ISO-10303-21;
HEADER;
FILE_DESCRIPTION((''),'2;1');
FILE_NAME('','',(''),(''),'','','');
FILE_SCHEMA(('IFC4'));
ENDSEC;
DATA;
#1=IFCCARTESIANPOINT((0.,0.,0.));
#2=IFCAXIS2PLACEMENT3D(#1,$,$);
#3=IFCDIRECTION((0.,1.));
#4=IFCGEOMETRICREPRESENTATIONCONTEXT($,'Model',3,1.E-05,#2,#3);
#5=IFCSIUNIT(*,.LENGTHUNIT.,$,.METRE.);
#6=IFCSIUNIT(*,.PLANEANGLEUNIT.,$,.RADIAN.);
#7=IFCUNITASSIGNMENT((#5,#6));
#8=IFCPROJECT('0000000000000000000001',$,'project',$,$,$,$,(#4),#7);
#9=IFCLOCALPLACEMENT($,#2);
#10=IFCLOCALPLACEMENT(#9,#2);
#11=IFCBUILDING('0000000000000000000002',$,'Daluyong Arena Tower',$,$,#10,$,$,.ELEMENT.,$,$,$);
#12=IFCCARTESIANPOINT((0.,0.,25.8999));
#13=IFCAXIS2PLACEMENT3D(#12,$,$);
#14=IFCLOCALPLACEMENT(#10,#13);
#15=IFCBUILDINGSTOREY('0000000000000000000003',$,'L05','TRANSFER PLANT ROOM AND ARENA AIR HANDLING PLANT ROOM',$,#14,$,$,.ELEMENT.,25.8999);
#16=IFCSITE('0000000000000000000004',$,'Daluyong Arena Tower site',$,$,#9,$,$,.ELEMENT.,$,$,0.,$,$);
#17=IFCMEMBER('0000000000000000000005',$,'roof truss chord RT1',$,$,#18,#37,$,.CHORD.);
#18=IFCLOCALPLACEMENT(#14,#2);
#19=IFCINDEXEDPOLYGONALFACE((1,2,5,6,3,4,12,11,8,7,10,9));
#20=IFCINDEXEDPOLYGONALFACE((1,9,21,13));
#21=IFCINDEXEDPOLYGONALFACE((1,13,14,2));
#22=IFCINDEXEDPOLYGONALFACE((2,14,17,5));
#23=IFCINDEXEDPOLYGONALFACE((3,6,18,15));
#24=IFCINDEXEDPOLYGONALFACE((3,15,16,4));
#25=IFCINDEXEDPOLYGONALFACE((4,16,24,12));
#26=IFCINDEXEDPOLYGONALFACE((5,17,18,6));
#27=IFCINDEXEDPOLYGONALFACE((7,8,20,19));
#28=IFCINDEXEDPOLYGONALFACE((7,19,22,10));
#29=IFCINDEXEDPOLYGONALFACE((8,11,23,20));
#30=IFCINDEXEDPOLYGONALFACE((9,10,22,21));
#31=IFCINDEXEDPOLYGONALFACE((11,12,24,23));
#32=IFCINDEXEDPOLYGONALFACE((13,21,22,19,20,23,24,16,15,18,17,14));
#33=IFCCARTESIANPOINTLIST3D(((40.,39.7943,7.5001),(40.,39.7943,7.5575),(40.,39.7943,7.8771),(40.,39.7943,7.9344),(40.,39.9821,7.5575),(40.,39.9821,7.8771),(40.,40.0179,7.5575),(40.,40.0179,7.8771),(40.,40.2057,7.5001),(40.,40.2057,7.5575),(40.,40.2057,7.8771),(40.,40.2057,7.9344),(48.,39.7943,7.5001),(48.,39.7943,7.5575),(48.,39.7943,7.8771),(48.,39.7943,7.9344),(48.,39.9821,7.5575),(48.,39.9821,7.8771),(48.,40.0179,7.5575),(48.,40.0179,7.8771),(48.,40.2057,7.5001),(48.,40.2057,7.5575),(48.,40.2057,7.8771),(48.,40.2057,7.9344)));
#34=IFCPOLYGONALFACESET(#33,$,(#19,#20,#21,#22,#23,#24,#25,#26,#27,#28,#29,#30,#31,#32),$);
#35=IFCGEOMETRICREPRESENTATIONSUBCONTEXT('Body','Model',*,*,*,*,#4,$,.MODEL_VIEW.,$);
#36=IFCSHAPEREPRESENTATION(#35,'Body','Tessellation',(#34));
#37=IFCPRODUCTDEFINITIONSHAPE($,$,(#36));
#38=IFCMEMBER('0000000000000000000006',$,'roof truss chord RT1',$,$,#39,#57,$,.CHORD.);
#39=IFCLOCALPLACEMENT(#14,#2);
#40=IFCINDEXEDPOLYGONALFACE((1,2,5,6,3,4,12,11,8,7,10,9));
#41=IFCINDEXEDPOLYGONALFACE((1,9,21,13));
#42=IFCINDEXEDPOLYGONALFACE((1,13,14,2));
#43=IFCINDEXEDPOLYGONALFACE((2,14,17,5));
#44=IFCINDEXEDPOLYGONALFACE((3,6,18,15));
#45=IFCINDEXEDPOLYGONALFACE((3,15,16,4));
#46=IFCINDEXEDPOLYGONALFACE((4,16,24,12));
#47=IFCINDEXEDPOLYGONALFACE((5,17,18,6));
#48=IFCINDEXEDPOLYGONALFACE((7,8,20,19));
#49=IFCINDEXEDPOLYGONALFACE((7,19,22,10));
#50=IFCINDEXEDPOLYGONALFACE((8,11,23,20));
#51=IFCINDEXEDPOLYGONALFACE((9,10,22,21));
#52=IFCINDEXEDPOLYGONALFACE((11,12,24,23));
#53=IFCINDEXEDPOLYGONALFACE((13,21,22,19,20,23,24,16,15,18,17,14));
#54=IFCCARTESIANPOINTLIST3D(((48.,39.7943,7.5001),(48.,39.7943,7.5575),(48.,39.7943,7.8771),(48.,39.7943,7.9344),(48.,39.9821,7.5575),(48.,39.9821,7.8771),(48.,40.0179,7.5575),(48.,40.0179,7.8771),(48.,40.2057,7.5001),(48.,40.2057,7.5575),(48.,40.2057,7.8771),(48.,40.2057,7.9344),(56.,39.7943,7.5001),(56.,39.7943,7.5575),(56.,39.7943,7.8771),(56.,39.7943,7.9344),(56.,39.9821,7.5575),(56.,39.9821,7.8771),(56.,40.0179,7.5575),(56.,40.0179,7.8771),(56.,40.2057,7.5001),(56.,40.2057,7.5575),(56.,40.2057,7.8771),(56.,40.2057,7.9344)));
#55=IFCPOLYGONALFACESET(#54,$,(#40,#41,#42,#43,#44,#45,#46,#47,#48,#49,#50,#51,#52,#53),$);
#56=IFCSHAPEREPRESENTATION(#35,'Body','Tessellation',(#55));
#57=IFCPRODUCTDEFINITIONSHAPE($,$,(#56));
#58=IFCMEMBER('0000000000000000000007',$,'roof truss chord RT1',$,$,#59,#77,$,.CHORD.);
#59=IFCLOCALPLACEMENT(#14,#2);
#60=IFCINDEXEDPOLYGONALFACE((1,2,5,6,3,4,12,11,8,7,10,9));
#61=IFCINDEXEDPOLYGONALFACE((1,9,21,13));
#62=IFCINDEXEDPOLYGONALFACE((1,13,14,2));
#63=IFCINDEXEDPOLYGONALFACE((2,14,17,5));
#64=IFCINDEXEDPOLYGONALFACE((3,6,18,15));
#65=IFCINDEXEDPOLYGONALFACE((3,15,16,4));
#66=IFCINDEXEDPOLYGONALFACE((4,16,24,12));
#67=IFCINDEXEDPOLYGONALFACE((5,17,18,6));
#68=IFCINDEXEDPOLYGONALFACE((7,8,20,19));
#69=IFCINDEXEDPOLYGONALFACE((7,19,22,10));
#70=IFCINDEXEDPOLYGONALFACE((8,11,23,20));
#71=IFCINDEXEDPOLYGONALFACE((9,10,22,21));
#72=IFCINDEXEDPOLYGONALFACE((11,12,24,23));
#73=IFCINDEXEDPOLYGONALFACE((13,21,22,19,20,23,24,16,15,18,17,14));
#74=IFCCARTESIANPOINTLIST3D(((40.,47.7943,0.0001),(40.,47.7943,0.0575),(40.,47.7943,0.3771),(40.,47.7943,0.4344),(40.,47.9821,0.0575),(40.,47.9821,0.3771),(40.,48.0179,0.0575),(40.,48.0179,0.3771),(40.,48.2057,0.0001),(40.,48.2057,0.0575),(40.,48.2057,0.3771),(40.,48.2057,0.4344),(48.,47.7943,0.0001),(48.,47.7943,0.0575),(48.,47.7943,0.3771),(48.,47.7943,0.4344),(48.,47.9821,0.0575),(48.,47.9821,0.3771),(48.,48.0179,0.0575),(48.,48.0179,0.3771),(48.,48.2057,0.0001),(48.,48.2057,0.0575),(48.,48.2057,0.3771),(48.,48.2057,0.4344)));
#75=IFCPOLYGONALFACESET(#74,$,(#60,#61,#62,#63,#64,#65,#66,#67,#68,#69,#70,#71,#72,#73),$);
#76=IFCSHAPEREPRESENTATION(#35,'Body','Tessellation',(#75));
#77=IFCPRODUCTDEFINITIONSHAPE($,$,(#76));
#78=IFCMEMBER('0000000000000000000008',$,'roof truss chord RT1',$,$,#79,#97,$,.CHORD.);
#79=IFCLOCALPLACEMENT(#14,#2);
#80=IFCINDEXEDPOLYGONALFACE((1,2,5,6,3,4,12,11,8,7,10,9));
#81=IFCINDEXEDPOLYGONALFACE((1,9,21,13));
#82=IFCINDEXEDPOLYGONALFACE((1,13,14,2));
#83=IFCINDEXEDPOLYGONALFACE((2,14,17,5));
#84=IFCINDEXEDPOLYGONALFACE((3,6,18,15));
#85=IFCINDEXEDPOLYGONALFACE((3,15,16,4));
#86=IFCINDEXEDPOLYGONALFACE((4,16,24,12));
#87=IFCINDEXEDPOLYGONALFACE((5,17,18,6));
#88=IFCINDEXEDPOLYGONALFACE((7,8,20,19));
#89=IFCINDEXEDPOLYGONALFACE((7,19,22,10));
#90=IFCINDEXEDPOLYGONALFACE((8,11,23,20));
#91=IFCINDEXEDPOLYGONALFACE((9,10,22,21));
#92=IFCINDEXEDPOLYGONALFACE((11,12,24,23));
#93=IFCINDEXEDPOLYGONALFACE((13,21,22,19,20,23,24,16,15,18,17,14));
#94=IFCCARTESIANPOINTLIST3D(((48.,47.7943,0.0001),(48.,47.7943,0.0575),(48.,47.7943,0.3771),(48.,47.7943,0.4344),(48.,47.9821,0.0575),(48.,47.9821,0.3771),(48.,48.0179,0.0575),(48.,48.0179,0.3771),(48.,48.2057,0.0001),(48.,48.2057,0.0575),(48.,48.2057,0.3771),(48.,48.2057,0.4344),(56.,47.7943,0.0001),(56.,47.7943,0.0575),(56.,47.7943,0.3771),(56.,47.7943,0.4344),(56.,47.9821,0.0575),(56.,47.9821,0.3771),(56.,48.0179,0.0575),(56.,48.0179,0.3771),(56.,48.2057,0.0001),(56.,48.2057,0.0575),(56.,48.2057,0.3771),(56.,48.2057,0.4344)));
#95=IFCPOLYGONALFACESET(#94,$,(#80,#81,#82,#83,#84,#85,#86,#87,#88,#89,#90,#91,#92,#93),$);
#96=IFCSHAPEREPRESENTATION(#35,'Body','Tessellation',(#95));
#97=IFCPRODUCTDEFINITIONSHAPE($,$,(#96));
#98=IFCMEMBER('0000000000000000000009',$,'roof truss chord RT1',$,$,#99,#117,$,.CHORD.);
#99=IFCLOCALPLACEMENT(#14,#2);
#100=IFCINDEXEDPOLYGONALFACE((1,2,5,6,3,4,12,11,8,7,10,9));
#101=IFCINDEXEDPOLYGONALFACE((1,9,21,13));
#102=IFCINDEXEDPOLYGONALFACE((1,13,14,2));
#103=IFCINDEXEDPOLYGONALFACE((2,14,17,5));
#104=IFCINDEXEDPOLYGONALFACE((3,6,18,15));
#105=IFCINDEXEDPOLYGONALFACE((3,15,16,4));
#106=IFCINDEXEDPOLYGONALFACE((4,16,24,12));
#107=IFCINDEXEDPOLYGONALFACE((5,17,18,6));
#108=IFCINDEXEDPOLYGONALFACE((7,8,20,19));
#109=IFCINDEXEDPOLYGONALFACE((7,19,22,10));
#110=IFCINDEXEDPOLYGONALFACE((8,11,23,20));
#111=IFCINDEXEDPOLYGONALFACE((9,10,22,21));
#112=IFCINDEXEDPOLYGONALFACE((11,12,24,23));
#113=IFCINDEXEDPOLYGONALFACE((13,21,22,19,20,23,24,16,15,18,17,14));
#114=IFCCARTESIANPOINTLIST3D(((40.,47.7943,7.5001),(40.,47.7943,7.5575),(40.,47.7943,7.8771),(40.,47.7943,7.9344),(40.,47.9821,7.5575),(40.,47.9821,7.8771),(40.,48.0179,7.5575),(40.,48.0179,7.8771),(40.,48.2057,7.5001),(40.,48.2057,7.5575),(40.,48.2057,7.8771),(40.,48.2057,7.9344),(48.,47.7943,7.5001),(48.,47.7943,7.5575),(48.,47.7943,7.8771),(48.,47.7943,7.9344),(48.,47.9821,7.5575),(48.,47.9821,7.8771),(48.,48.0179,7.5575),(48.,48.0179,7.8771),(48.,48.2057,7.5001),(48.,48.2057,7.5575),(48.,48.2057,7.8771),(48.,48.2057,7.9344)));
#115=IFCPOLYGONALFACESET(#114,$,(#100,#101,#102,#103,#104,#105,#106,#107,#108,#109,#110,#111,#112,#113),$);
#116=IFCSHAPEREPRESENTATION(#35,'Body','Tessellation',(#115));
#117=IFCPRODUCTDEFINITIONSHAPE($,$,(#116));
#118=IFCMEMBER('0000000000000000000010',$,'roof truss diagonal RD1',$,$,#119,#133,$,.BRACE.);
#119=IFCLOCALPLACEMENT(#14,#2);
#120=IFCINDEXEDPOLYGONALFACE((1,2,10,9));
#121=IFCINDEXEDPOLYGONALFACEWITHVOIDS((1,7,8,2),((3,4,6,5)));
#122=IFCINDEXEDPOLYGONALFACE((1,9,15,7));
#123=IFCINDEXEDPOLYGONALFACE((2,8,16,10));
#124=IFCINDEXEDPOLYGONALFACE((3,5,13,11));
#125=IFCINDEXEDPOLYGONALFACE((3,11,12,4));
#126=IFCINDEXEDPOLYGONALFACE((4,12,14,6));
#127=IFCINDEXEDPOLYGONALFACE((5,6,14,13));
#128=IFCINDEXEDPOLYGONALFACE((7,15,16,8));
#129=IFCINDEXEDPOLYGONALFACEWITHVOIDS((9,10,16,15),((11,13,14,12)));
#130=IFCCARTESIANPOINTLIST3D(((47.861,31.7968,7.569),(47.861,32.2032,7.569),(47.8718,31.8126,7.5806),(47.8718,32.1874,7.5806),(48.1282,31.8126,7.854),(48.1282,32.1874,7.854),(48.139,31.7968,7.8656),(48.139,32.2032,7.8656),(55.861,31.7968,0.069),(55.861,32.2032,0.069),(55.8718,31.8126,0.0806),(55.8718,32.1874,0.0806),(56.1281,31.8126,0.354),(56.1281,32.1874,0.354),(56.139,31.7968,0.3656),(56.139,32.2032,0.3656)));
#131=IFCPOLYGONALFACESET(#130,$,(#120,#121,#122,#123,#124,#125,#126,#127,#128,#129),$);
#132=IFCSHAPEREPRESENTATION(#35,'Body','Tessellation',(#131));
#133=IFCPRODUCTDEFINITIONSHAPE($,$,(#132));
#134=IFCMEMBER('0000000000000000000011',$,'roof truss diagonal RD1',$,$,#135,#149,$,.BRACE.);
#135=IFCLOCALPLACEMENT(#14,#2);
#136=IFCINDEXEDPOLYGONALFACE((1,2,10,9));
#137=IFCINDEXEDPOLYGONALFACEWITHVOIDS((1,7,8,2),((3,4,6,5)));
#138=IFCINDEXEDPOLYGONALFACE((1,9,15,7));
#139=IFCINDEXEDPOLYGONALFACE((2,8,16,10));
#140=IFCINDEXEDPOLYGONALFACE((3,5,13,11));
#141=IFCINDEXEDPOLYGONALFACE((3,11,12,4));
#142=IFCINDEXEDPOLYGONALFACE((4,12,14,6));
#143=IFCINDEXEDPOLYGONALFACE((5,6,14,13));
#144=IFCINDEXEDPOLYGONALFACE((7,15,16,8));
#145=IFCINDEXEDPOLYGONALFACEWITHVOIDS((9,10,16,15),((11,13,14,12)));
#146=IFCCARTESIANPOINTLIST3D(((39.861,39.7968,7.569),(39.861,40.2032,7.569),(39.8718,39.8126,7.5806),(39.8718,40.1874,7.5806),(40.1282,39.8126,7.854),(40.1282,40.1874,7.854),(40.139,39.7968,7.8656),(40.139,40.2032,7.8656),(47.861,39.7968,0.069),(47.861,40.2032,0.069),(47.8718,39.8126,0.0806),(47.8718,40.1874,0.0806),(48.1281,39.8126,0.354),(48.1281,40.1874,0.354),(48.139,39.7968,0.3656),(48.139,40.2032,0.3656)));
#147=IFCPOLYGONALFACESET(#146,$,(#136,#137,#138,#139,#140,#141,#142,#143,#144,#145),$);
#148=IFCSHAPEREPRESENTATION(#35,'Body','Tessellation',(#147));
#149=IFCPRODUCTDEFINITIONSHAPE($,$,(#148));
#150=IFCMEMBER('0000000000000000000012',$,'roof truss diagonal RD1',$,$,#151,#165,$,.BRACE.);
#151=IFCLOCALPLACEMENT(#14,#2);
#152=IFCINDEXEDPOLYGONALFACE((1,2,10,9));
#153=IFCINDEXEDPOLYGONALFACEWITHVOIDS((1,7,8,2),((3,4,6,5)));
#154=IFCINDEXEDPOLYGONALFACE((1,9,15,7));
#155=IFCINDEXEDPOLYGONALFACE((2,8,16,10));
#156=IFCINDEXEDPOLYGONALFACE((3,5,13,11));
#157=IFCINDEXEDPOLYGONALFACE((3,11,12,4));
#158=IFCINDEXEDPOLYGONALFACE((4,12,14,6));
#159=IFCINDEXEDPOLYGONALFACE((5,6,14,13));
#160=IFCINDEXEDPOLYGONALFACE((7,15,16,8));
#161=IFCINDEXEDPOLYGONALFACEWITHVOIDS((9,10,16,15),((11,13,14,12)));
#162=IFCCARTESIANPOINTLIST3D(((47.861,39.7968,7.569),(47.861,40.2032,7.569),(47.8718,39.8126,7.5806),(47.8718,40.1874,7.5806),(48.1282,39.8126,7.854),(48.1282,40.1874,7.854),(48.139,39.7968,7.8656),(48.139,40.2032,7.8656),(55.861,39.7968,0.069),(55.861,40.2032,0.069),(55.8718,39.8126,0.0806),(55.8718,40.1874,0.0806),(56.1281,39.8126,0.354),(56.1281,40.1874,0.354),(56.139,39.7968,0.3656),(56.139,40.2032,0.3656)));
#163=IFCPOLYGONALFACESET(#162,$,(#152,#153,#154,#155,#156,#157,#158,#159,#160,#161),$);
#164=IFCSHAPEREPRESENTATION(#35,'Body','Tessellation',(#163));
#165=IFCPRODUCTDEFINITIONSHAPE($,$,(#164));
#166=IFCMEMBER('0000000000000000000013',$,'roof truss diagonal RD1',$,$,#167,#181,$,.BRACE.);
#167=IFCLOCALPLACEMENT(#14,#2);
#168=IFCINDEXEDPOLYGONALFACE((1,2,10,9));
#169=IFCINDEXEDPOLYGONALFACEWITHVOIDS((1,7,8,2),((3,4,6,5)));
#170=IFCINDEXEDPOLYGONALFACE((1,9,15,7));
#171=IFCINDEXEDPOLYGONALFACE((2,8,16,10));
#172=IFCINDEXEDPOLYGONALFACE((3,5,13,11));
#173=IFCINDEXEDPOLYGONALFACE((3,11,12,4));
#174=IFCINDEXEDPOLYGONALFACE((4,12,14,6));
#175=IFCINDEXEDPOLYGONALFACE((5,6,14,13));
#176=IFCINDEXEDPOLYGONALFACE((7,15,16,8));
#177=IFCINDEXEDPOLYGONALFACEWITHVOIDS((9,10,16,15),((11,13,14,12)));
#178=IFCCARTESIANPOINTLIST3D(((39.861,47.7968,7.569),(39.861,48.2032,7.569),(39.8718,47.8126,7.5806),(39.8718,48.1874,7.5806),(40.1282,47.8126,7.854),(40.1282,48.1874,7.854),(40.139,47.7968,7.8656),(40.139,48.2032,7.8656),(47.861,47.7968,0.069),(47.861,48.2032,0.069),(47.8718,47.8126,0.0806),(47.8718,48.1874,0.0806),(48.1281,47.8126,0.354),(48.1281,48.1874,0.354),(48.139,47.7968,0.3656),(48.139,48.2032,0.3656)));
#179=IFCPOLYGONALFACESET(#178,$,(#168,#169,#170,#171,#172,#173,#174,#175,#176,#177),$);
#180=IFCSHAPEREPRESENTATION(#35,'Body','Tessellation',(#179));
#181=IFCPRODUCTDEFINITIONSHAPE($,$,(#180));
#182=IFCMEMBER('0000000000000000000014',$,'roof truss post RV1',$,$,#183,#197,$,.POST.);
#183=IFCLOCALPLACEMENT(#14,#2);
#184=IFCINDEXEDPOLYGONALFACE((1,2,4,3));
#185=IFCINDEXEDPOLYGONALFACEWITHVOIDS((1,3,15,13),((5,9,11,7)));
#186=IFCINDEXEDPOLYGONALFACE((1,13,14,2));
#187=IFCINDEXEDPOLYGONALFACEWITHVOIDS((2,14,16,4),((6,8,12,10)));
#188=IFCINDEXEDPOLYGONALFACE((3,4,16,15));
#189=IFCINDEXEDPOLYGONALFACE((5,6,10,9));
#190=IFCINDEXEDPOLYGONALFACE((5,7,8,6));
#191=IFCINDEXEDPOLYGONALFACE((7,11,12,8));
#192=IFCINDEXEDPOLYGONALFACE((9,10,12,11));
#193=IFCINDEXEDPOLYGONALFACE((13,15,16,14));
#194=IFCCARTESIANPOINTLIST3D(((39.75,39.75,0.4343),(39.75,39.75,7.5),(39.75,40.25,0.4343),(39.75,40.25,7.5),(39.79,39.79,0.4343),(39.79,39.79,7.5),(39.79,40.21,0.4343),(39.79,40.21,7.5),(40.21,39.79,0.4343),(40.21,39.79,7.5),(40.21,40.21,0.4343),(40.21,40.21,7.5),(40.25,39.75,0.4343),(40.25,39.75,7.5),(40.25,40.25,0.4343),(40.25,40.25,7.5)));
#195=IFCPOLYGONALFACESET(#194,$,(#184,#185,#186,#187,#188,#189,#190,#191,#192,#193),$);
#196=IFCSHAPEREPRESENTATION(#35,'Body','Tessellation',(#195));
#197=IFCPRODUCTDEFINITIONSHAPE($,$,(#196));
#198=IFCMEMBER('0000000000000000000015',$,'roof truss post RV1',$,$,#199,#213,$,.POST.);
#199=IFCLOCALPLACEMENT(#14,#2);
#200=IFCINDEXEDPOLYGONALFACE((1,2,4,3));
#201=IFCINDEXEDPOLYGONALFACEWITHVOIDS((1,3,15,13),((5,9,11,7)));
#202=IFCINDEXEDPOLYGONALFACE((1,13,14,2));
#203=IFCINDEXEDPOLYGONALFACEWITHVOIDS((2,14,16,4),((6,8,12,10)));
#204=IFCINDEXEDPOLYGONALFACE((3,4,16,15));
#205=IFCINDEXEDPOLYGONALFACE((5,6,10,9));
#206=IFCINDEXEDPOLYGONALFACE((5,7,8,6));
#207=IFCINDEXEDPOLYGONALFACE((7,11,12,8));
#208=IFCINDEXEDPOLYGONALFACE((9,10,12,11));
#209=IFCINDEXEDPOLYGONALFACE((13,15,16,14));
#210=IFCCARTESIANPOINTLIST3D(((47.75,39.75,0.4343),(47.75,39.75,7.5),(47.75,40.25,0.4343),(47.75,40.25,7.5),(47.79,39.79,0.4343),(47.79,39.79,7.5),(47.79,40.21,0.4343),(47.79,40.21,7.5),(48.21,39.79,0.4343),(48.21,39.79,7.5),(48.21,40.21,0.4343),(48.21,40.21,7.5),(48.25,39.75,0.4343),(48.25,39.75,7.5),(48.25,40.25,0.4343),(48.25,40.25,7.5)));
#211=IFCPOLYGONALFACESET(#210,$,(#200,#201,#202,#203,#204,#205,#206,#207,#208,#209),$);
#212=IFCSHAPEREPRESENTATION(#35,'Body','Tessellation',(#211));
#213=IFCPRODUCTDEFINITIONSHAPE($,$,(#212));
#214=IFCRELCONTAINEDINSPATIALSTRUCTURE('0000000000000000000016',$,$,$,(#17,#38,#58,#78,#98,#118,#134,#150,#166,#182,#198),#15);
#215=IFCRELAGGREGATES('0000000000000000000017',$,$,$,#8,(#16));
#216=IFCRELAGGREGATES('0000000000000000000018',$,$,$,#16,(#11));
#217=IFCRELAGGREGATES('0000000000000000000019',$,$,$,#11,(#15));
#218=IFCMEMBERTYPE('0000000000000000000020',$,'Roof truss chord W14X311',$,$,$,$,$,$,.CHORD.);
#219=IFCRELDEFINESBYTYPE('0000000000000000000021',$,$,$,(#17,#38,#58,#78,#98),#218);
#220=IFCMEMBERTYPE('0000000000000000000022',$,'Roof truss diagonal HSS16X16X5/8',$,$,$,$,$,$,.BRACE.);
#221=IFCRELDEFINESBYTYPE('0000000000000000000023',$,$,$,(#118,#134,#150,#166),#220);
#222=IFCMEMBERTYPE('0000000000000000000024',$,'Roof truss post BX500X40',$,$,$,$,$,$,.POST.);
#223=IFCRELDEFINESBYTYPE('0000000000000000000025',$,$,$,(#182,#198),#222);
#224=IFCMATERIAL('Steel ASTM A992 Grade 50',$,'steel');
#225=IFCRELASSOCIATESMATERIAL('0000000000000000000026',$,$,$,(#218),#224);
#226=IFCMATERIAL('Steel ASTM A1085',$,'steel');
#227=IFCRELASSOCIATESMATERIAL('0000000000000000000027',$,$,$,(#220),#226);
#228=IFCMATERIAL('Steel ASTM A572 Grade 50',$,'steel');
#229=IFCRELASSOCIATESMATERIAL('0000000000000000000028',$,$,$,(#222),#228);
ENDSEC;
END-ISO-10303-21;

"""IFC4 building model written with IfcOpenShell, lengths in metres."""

from ifc_helpers import new_model, si_unit, direction, frame, origin, origin_2d, place, context, subcontext, project, spatial, hollow_rectangle, i_section, extrude, material, material_profile, profile_set, type_object, element, save


model = new_model("IFC4")

# Units and contexts
model_context = context("Model", 3, precision=1e-05, world=origin(), true_north=direction((0.0, 1.0)))
body_context = subcontext(model_context, "Body", "Model", "MODEL_VIEW")
ifc_project = project(units=[si_unit("LENGTHUNIT", "METRE"), si_unit("PLANEANGLEUNIT", "RADIAN")], contexts=[model_context])

# Site, building, storey
site_placement = place(None, origin())
site = spatial("IfcSite", under=ifc_project, at=site_placement, Name="Daluyong Arena Tower site", CompositionType="ELEMENT", RefElevation=0.0)
building_placement = place(site_placement, origin())
building = spatial("IfcBuilding", under=site, at=building_placement, Name="Daluyong Arena Tower", CompositionType="ELEMENT")
storey_placement = place(building_placement, frame((0.0, 0.0, 25.8999)))
storey = spatial("IfcBuildingStorey", under=building, at=storey_placement, Name="L05", Description="TRANSFER PLANT ROOM AND ARENA AIR HANDLING PLANT ROOM", CompositionType="ELEMENT", Elevation=25.8999)

# Members
ifc_material_1 = material(Name="Steel ASTM A992 Grade 50", Category="steel")
ifc_material_profile_1 = material_profile(ifc_material_1, i_section(OverallWidth=0.4114, OverallDepth=0.4343, WebThickness=0.0359, FlangeThickness=0.0574, at=origin_2d()))
ifc_profile_set_1 = profile_set([ifc_material_profile_1], Name="Steel ASTM A992 Grade 50")
member_type_1 = type_object("IfcMemberType", Name="Roof truss chord W14X311", PredefinedType="CHORD", material=ifc_profile_set_1)
for number, where, z_axis, x_axis, name in (
    (1, (40.0, 40.0, 7.7173), (1.0, 0.0, 0.0), (0.0, 1.0, 0.0), "roof truss chord RT1"),
    (2, (48.0, 40.0, 7.7173), (1.0, 0.0, 0.0), (0.0, 1.0, 0.0), "roof truss chord RT1"),
    (3, (40.0, 48.0, 0.2173), (1.0, 0.0, 0.0), (0.0, 1.0, 0.0), "roof truss chord RT1"),
    (4, (48.0, 48.0, 0.2173), (1.0, 0.0, 0.0), (0.0, 1.0, 0.0), "roof truss chord RT1"),
    (5, (40.0, 48.0, 7.7173), (1.0, 0.0, 0.0), (0.0, 1.0, 0.0), "roof truss chord RT1"),
):
    element("IfcMember", number, at=place(storey_placement, frame(where, z_axis=z_axis, x_axis=x_axis)), inside=storey, type_object=member_type_1, Name=name, PredefinedType="CHORD", context=body_context, shape_type="SweptSolid", body=[
        extrude(i_section(OverallWidth=0.4114, OverallDepth=0.4343, WebThickness=0.0359, FlangeThickness=0.0574, at=origin_2d()), origin(), (0.0, 0.0, 1.0), 8.0),
    ])
ifc_material_2 = material(Name="Steel ASTM A1085", Category="steel")
ifc_material_profile_2 = material_profile(ifc_material_2, hollow_rectangle(XDim=0.4065, YDim=0.4065, WallThickness=0.0159, at=origin_2d()))
ifc_profile_set_2 = profile_set([ifc_material_profile_2], Name="Steel ASTM A1085")
member_type_2 = type_object("IfcMemberType", Name="Roof truss diagonal HSS16X16X5/8", PredefinedType="BRACE", material=ifc_profile_set_2)
for number, where, z_axis, x_axis, name in (
    (6, (48.0, 32.0, 7.7173), (0.729537, 0.0, -0.683941), (0.0, 1.0, 0.0), "roof truss diagonal RD1"),
    (7, (40.0, 40.0, 7.7173), (0.729537, 0.0, -0.683941), (0.0, 1.0, 0.0), "roof truss diagonal RD1"),
    (8, (48.0, 40.0, 7.7173), (0.729537, 0.0, -0.683941), (0.0, 1.0, 0.0), "roof truss diagonal RD1"),
    (9, (40.0, 48.0, 7.7173), (0.729537, 0.0, -0.683941), (0.0, 1.0, 0.0), "roof truss diagonal RD1"),
):
    element("IfcMember", number, at=place(storey_placement, frame(where, z_axis=z_axis, x_axis=x_axis)), inside=storey, type_object=member_type_2, Name=name, PredefinedType="BRACE", context=body_context, shape_type="SweptSolid", body=[
        extrude(hollow_rectangle(XDim=0.4065, YDim=0.4065, WallThickness=0.0159, at=origin_2d()), origin(), (0.0, 0.0, 1.0), 10.9658),
    ])
ifc_material_3 = material(Name="Steel ASTM A572 Grade 50", Category="steel")
ifc_material_profile_3 = material_profile(ifc_material_3, hollow_rectangle(XDim=0.5, YDim=0.5, WallThickness=0.04, at=origin_2d()))
ifc_profile_set_3 = profile_set([ifc_material_profile_3], Name="Steel ASTM A572 Grade 50")
member_type_3 = type_object("IfcMemberType", Name="Roof truss post BX500X40", PredefinedType="POST", material=ifc_profile_set_3)
for number, where, z_axis, x_axis, name in (
    (10, (40.0, 40.0, 0.4343), (0.0, 0.0, 1.0), (1.0, 0.0, 0.0), "roof truss post RV1"),
    (11, (48.0, 40.0, 0.4343), (0.0, 0.0, 1.0), (1.0, 0.0, 0.0), "roof truss post RV1"),
):
    element("IfcMember", number, at=place(storey_placement, frame(where, z_axis=z_axis, x_axis=x_axis)), inside=storey, type_object=member_type_3, Name=name, PredefinedType="POST", context=body_context, shape_type="SweptSolid", body=[
        extrude(hollow_rectangle(XDim=0.5, YDim=0.5, WallThickness=0.04, at=origin_2d()), origin(), (0.0, 0.0, 1.0), 7.0657),
    ])

save(model, "model.ifc")
